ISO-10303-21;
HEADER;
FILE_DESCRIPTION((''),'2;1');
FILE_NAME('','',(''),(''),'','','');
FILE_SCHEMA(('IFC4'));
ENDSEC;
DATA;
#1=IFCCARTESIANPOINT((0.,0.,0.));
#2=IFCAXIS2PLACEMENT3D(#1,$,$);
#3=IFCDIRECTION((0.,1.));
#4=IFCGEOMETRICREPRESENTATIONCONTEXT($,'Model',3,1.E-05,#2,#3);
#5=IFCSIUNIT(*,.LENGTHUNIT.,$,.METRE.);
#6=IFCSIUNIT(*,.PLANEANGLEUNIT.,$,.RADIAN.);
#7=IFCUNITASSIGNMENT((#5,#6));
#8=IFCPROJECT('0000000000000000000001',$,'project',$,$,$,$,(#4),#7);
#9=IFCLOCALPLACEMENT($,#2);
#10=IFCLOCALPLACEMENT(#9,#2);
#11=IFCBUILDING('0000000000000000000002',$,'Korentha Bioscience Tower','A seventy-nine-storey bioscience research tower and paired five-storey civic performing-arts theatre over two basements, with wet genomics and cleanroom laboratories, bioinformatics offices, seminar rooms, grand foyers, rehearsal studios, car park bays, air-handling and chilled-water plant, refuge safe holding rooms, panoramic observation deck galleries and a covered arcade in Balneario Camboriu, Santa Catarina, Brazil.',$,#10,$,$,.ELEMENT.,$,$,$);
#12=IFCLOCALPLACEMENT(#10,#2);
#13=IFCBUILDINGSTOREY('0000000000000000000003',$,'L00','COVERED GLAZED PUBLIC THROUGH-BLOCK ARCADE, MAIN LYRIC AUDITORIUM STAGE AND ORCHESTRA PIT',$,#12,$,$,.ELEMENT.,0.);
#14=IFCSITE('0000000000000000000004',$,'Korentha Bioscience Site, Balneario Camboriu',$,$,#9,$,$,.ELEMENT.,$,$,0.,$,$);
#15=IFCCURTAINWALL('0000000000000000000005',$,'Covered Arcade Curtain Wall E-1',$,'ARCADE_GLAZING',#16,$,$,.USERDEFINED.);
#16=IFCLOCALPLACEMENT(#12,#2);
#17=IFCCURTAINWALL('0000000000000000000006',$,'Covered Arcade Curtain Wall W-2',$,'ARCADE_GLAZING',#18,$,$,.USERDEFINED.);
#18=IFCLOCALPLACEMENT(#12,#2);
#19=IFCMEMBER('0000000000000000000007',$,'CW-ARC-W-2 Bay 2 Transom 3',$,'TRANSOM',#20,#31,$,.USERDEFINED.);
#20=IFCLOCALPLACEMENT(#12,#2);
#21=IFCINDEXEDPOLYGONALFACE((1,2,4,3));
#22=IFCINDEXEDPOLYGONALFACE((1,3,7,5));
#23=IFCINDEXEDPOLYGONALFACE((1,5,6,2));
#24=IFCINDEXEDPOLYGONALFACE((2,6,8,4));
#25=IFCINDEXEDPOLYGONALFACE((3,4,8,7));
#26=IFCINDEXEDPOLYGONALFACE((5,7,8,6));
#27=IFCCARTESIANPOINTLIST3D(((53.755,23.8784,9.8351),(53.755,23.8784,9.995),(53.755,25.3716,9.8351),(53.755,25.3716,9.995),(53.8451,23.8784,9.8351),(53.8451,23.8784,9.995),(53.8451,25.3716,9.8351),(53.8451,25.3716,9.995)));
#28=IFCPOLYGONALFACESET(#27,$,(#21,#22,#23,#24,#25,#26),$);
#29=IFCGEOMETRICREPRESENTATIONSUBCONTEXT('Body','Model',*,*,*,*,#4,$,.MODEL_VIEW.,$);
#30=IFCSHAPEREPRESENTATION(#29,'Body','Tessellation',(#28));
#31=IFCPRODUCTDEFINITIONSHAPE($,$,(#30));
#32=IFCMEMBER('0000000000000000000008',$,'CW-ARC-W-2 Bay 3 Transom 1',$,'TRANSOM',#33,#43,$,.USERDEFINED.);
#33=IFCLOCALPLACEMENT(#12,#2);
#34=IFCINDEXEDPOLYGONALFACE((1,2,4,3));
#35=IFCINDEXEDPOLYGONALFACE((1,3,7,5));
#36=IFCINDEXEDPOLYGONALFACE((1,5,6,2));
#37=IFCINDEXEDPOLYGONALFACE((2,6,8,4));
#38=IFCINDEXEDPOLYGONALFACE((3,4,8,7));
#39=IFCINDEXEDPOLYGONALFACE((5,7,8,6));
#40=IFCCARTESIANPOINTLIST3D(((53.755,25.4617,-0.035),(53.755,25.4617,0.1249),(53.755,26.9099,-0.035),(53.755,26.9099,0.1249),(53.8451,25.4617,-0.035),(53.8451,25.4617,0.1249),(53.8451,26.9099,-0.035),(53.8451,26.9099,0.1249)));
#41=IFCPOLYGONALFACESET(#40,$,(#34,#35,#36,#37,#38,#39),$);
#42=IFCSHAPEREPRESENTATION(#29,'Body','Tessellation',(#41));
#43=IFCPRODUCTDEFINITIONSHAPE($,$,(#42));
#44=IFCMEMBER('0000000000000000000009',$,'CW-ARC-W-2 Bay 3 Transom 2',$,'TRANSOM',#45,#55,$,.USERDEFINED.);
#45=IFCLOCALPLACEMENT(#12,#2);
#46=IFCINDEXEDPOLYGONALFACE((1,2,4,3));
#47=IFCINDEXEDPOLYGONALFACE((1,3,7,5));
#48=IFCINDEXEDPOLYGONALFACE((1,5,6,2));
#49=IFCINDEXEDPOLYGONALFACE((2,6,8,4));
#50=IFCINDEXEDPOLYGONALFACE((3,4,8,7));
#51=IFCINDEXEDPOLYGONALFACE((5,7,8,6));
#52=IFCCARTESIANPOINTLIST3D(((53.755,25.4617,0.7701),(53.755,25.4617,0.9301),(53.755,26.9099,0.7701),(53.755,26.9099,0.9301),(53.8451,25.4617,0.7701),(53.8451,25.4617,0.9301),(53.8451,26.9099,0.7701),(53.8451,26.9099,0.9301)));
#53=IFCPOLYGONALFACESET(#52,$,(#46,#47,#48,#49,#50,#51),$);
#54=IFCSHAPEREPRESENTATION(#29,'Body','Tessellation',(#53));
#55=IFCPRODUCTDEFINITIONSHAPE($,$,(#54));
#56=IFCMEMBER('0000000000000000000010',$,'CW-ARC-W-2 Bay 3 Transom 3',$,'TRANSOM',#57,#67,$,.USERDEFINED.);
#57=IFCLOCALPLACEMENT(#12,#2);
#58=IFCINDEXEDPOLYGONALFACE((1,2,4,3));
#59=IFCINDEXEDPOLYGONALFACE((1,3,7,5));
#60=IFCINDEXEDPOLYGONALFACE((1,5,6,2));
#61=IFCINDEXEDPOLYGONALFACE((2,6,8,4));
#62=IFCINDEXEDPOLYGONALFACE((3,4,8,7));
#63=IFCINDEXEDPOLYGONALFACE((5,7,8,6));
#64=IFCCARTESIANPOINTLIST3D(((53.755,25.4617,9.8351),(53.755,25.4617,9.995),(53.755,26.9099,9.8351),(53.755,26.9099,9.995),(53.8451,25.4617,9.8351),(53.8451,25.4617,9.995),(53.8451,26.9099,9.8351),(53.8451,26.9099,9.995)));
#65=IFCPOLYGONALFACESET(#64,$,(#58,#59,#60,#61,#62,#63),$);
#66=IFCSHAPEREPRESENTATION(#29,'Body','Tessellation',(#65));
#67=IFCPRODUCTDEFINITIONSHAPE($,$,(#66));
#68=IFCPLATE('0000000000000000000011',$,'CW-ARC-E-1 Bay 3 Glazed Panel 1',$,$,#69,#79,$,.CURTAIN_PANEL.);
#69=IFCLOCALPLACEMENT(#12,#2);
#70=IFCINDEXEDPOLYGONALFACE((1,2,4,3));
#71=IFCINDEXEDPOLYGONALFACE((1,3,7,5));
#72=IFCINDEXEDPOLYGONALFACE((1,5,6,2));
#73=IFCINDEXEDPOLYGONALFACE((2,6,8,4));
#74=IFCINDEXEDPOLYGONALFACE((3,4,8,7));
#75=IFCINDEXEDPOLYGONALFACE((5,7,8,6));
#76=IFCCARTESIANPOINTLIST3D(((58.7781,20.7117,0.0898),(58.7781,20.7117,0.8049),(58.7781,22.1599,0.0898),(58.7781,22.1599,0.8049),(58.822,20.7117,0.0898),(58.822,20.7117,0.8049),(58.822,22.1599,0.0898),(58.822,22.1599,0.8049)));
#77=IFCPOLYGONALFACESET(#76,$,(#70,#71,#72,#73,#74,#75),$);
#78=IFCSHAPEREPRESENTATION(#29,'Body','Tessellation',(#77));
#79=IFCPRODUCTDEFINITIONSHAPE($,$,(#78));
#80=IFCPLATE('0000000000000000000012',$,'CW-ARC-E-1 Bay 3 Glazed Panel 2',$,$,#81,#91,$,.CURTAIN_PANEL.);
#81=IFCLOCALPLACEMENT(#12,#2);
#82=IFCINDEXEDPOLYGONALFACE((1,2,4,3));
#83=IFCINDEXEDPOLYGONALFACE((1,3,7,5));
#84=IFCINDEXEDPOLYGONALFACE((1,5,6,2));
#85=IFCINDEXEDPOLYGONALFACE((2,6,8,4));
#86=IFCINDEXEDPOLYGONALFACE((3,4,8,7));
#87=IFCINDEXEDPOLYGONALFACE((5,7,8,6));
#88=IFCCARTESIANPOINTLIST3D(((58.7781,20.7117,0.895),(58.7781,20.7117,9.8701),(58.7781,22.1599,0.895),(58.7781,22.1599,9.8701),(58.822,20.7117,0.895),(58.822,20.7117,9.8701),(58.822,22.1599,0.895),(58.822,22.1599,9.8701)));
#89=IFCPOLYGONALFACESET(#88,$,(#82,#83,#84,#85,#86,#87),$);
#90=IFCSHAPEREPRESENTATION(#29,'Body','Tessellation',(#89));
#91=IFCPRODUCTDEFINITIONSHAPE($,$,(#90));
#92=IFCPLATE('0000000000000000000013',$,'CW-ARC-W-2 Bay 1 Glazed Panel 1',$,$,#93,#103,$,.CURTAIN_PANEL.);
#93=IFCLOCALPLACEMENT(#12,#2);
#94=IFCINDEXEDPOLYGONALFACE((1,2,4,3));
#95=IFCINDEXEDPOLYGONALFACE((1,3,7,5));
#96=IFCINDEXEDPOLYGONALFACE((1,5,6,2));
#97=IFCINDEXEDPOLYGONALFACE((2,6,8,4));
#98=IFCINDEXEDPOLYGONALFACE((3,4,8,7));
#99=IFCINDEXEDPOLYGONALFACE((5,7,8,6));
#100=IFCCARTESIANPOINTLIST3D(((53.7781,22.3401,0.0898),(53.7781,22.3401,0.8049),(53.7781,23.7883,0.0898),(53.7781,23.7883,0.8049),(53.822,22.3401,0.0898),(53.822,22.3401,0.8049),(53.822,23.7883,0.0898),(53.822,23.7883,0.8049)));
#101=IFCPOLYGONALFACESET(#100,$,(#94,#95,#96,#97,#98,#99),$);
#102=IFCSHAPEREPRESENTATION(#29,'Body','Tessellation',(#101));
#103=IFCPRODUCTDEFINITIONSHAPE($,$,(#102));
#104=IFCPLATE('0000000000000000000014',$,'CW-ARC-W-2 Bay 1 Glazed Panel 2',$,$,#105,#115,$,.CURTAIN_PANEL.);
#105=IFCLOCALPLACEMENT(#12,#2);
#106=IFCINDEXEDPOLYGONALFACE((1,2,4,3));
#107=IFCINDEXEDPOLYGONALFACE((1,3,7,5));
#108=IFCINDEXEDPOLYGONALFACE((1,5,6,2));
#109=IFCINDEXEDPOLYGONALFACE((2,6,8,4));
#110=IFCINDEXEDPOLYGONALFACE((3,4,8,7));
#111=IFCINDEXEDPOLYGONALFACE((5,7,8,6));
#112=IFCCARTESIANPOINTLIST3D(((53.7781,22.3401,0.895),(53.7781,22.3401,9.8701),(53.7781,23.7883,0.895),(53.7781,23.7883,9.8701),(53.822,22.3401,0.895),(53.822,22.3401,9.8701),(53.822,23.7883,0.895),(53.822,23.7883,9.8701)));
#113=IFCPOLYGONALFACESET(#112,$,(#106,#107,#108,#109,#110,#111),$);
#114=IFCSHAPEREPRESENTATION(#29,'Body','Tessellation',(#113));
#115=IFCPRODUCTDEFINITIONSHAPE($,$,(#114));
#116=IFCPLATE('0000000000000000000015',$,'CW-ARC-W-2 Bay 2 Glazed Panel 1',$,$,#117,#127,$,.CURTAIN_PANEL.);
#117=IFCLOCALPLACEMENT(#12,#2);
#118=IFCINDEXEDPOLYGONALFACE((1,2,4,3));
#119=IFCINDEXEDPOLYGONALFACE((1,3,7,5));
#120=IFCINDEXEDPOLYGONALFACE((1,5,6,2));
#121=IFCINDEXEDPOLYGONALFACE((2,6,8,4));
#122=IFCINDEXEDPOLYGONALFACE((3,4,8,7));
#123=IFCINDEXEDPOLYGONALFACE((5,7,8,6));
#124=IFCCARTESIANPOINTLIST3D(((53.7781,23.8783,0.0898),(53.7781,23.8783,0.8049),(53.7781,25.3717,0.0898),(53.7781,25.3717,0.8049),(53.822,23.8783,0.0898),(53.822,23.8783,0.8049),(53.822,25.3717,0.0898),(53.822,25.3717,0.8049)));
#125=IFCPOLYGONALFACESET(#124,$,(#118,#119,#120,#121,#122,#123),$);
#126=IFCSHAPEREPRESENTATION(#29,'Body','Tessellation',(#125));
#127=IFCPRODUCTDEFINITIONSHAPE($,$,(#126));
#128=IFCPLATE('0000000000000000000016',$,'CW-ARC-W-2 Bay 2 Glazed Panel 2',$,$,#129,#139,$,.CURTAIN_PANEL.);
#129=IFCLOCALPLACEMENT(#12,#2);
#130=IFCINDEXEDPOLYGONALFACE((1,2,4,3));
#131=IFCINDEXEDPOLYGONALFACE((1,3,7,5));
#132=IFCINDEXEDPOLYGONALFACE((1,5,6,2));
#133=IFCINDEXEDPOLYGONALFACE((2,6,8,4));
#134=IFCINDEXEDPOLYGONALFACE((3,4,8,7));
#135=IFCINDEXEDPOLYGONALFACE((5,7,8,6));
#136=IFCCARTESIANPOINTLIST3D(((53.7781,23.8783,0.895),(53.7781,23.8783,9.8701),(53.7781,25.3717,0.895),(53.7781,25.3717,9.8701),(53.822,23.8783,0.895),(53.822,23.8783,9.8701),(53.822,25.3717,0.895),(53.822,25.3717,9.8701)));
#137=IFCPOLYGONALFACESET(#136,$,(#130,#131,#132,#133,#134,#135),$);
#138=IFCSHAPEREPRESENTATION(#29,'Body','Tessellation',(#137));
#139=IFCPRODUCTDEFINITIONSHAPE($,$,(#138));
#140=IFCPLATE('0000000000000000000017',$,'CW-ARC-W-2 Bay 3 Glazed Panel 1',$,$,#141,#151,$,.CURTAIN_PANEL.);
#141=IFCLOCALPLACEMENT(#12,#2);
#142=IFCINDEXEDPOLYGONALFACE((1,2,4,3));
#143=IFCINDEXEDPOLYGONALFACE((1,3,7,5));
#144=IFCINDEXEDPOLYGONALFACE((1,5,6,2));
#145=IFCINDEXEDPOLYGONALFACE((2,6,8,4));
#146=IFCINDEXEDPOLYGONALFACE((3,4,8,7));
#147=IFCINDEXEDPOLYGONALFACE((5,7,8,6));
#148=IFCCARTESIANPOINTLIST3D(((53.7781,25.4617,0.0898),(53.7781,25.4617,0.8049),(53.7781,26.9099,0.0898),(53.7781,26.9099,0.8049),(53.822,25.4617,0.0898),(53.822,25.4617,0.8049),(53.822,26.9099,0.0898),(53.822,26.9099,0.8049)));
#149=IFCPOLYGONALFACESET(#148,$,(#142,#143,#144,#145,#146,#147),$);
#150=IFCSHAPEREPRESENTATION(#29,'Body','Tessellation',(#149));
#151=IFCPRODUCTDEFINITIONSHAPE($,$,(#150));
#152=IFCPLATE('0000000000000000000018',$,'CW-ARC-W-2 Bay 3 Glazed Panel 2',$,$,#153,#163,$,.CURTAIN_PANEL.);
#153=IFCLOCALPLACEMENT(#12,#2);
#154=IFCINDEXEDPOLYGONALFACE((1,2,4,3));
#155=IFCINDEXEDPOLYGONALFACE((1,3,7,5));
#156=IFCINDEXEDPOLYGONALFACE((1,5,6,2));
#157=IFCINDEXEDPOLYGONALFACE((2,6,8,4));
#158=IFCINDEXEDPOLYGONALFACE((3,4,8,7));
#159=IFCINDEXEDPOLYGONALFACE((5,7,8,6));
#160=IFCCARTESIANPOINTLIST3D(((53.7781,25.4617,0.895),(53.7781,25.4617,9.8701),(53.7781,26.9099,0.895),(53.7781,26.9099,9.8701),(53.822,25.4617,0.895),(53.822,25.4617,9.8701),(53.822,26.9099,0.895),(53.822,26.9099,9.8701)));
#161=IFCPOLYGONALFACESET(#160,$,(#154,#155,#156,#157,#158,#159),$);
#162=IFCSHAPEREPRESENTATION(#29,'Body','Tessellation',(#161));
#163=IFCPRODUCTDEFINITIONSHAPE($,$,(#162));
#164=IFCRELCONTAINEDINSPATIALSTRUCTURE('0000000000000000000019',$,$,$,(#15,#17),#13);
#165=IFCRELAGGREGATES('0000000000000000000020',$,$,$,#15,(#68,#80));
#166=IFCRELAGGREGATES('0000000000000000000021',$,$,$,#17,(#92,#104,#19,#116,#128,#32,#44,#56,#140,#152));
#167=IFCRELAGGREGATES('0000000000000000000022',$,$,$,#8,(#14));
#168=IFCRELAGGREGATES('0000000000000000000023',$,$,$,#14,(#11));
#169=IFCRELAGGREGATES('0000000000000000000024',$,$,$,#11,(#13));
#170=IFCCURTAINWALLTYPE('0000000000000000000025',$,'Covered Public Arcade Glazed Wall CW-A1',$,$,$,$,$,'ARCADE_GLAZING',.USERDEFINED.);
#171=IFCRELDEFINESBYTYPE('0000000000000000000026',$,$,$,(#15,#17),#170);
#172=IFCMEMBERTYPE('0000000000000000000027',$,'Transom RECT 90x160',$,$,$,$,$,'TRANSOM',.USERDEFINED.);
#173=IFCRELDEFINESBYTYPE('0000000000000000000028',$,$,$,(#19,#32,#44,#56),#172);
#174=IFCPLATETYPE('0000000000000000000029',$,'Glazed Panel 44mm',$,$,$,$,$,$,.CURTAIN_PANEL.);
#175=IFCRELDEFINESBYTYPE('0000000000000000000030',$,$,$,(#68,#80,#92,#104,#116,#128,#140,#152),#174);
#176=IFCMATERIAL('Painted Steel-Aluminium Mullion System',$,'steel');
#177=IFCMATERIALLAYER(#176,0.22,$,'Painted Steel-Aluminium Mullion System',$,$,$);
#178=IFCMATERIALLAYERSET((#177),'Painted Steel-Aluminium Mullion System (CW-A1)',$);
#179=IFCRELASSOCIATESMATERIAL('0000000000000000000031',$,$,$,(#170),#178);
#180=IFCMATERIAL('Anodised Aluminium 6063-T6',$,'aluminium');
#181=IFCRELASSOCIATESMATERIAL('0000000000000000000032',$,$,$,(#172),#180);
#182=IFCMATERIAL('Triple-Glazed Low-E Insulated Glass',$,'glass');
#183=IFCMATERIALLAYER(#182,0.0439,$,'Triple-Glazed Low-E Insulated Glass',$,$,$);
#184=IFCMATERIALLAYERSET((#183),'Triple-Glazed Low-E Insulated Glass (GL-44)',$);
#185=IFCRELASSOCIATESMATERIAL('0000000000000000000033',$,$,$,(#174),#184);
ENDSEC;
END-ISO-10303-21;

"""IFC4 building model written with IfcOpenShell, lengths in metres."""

from ifc_helpers import new_model, si_unit, direction, frame, origin, origin_2d, place, context, subcontext, project, spatial, rectangle, extrude, material, layer, layer_set, material_profile, profile_set, type_object, element, aggregate, save


model = new_model("IFC4")

# Units and contexts
model_context = context("Model", 3, precision=1e-05, world=origin(), true_north=direction((0.0, 1.0)))
body_context = subcontext(model_context, "Body", "Model", "MODEL_VIEW")
ifc_project = project(units=[si_unit("LENGTHUNIT", "METRE"), si_unit("PLANEANGLEUNIT", "RADIAN")], contexts=[model_context])

# Site, building, storey
site_placement = place(None, origin())
site = spatial("IfcSite", under=ifc_project, at=site_placement, Name="Korentha Bioscience Site, Balneario Camboriu", CompositionType="ELEMENT", RefElevation=0.0)
building_placement = place(site_placement, origin())
building = spatial("IfcBuilding", under=site, at=building_placement, Name="Korentha Bioscience Tower", Description="A seventy-nine-storey bioscience research tower and paired five-storey civic performing-arts theatre over two basements, with wet genomics and cleanroom laboratories, bioinformatics offices, seminar rooms, grand foyers, rehearsal studios, car park bays, air-handling and chilled-water plant, refuge safe holding rooms, panoramic observation deck galleries and a covered arcade in Balneario Camboriu, Santa Catarina, Brazil.", CompositionType="ELEMENT")
storey_placement = place(building_placement, origin())
storey = spatial("IfcBuildingStorey", under=building, at=storey_placement, Name="L00", Description="COVERED GLAZED PUBLIC THROUGH-BLOCK ARCADE, MAIN LYRIC AUDITORIUM STAGE AND ORCHESTRA PIT", CompositionType="ELEMENT", Elevation=0.0)

# Curtain wall
ifc_material_1 = material(Name="Painted Steel-Aluminium Mullion System", Category="steel")
ifc_layer_1 = layer(ifc_material_1, 0.22, Name="Painted Steel-Aluminium Mullion System")
ifc_layer_set_1 = layer_set([ifc_layer_1], Name="Painted Steel-Aluminium Mullion System (CW-A1)")
curtain_wall_type = type_object("IfcCurtainWallType", Name="Covered Public Arcade Glazed Wall CW-A1", ElementType="ARCADE_GLAZING", PredefinedType="USERDEFINED", material=ifc_layer_set_1)
curtain_wall_1_placement = place(storey_placement, origin())
curtain_wall_1 = element("IfcCurtainWall", 1, at=curtain_wall_1_placement, inside=storey, type_object=curtain_wall_type, Name="Covered Arcade Curtain Wall E-1", ObjectType="ARCADE_GLAZING", PredefinedType="USERDEFINED")
ifc_material_2 = material(Name="Anodised Aluminium 6063-T6", Category="aluminium")

# Curtain wall, members
curtain_wall_2_placement = place(storey_placement, origin())
curtain_wall_2 = element("IfcCurtainWall", 2, at=curtain_wall_2_placement, inside=storey, type_object=curtain_wall_type, Name="Covered Arcade Curtain Wall W-2", ObjectType="ARCADE_GLAZING", PredefinedType="USERDEFINED")
ifc_material_profile_1 = material_profile(ifc_material_2, rectangle(XDim=0.0901, YDim=0.1599, at=origin_2d()), Name="Anodised Aluminium 6063-T6")
ifc_profile_set_1 = profile_set([ifc_material_profile_1], Name="Anodised Aluminium 6063-T6 (CW-TRN)")
member_type_1 = type_object("IfcMemberType", Name="Transom RECT 90x160", ElementType="TRANSOM", PredefinedType="USERDEFINED", material=ifc_profile_set_1)
member_1_placement = place(storey_placement, frame((53.8, 23.8784, 9.915), z_axis=(0.0, 1.0, 0.0), x_axis=(-1.0, 0.0, 0.0)))
member_1 = element("IfcMember", 3, at=member_1_placement, type_object=member_type_1, Name="CW-ARC-W-2 Bay 2 Transom 3", ObjectType="TRANSOM", PredefinedType="USERDEFINED", context=body_context, shape_type="SweptSolid", body=[
    extrude(rectangle(XDim=0.0901, YDim=0.1599, at=origin_2d()), origin(), (0.0, 0.0, 1.0), 1.4932),
])
member_2_placement = place(storey_placement, frame((53.8, 25.4617, 0.0449), z_axis=(0.0, 1.0, 0.0), x_axis=(-1.0, 0.0, 0.0)))
member_2 = element("IfcMember", 4, at=member_2_placement, type_object=member_type_1, Name="CW-ARC-W-2 Bay 3 Transom 1", ObjectType="TRANSOM", PredefinedType="USERDEFINED", context=body_context, shape_type="SweptSolid", body=[
    extrude(rectangle(XDim=0.0901, YDim=0.1599, at=origin_2d()), origin(), (0.0, 0.0, 1.0), 1.4482),
])
member_3_placement = place(storey_placement, frame((53.8, 25.4617, 0.8501), z_axis=(0.0, 1.0, 0.0), x_axis=(-1.0, 0.0, 0.0)))
member_3 = element("IfcMember", 5, at=member_3_placement, type_object=member_type_1, Name="CW-ARC-W-2 Bay 3 Transom 2", ObjectType="TRANSOM", PredefinedType="USERDEFINED", context=body_context, shape_type="SweptSolid", body=[
    extrude(rectangle(XDim=0.0901, YDim=0.1599, at=origin_2d()), origin(), (0.0, 0.0, 1.0), 1.4482),
])
member_4_placement = place(storey_placement, frame((53.8, 25.4617, 9.915), z_axis=(0.0, 1.0, 0.0), x_axis=(-1.0, 0.0, 0.0)))
member_4 = element("IfcMember", 6, at=member_4_placement, type_object=member_type_1, Name="CW-ARC-W-2 Bay 3 Transom 3", ObjectType="TRANSOM", PredefinedType="USERDEFINED", context=body_context, shape_type="SweptSolid", body=[
    extrude(rectangle(XDim=0.0901, YDim=0.1599, at=origin_2d()), origin(), (0.0, 0.0, 1.0), 1.4482),
])

# Plates
ifc_material_3 = material(Name="Triple-Glazed Low-E Insulated Glass", Category="glass")
ifc_layer_2 = layer(ifc_material_3, 0.0439, Name="Triple-Glazed Low-E Insulated Glass")
ifc_layer_set_2 = layer_set([ifc_layer_2], Name="Triple-Glazed Low-E Insulated Glass (GL-44)")
plate_type = type_object("IfcPlateType", Name="Glazed Panel 44mm", PredefinedType="CURTAIN_PANEL", material=ifc_layer_set_2)
plate_1_placement = place(storey_placement, frame((58.8, 21.4358, 0.0898), z_axis=(0.0, 0.0, 1.0), x_axis=(0.0, 1.0, 0.0)))
plate_1 = element("IfcPlate", 7, at=plate_1_placement, type_object=plate_type, Name="CW-ARC-E-1 Bay 3 Glazed Panel 1", PredefinedType="CURTAIN_PANEL", context=body_context, shape_type="SweptSolid", body=[
    extrude(rectangle(XDim=1.4482, YDim=0.0439, at=origin_2d()), origin(), (0.0, 0.0, 1.0), 0.7151),
])
plate_2_placement = place(storey_placement, frame((58.8, 21.4358, 0.895), z_axis=(0.0, 0.0, 1.0), x_axis=(0.0, 1.0, 0.0)))
plate_2 = element("IfcPlate", 8, at=plate_2_placement, type_object=plate_type, Name="CW-ARC-E-1 Bay 3 Glazed Panel 2", PredefinedType="CURTAIN_PANEL", context=body_context, shape_type="SweptSolid", body=[
    extrude(rectangle(XDim=1.4482, YDim=0.0439, at=origin_2d()), origin(), (0.0, 0.0, 1.0), 8.9751),
])
aggregate(curtain_wall_1, [plate_1, plate_2])
plate_3_placement = place(storey_placement, frame((53.8, 23.0642, 0.0898), z_axis=(0.0, 0.0, 1.0), x_axis=(0.0, 1.0, 0.0)))
plate_3 = element("IfcPlate", 9, at=plate_3_placement, type_object=plate_type, Name="CW-ARC-W-2 Bay 1 Glazed Panel 1", PredefinedType="CURTAIN_PANEL", context=body_context, shape_type="SweptSolid", body=[
    extrude(rectangle(XDim=1.4482, YDim=0.0439, at=origin_2d()), origin(), (0.0, 0.0, 1.0), 0.7151),
])
plate_4_placement = place(storey_placement, frame((53.8, 23.0642, 0.895), z_axis=(0.0, 0.0, 1.0), x_axis=(0.0, 1.0, 0.0)))
plate_4 = element("IfcPlate", 10, at=plate_4_placement, type_object=plate_type, Name="CW-ARC-W-2 Bay 1 Glazed Panel 2", PredefinedType="CURTAIN_PANEL", context=body_context, shape_type="SweptSolid", body=[
    extrude(rectangle(XDim=1.4482, YDim=0.0439, at=origin_2d()), origin(), (0.0, 0.0, 1.0), 8.9751),
])
plate_5_placement = place(storey_placement, frame((53.8, 24.625, 0.0898), z_axis=(0.0, 0.0, 1.0), x_axis=(0.0, 1.0, 0.0)))
plate_5 = element("IfcPlate", 11, at=plate_5_placement, type_object=plate_type, Name="CW-ARC-W-2 Bay 2 Glazed Panel 1", PredefinedType="CURTAIN_PANEL", context=body_context, shape_type="SweptSolid", body=[
    extrude(rectangle(XDim=1.4934, YDim=0.0439, at=origin_2d()), origin(), (0.0, 0.0, 1.0), 0.7151),
])
plate_6_placement = place(storey_placement, frame((53.8, 24.625, 0.895), z_axis=(0.0, 0.0, 1.0), x_axis=(0.0, 1.0, 0.0)))
plate_6 = element("IfcPlate", 12, at=plate_6_placement, type_object=plate_type, Name="CW-ARC-W-2 Bay 2 Glazed Panel 2", PredefinedType="CURTAIN_PANEL", context=body_context, shape_type="SweptSolid", body=[
    extrude(rectangle(XDim=1.4934, YDim=0.0439, at=origin_2d()), origin(), (0.0, 0.0, 1.0), 8.9751),
])
plate_7_placement = place(storey_placement, frame((53.8, 26.1858, 0.0898), z_axis=(0.0, 0.0, 1.0), x_axis=(0.0, 1.0, 0.0)))
plate_7 = element("IfcPlate", 13, at=plate_7_placement, type_object=plate_type, Name="CW-ARC-W-2 Bay 3 Glazed Panel 1", PredefinedType="CURTAIN_PANEL", context=body_context, shape_type="SweptSolid", body=[
    extrude(rectangle(XDim=1.4482, YDim=0.0439, at=origin_2d()), origin(), (0.0, 0.0, 1.0), 0.7151),
])
plate_8_placement = place(storey_placement, frame((53.8, 26.1858, 0.895), z_axis=(0.0, 0.0, 1.0), x_axis=(0.0, 1.0, 0.0)))
plate_8 = element("IfcPlate", 14, at=plate_8_placement, type_object=plate_type, Name="CW-ARC-W-2 Bay 3 Glazed Panel 2", PredefinedType="CURTAIN_PANEL", context=body_context, shape_type="SweptSolid", body=[
    extrude(rectangle(XDim=1.4482, YDim=0.0439, at=origin_2d()), origin(), (0.0, 0.0, 1.0), 8.9751),
])
aggregate(curtain_wall_2, [plate_3, plate_4, member_1, plate_5, plate_6, member_2, member_3, member_4, plate_7, plate_8])

save(model, "model.ifc")
